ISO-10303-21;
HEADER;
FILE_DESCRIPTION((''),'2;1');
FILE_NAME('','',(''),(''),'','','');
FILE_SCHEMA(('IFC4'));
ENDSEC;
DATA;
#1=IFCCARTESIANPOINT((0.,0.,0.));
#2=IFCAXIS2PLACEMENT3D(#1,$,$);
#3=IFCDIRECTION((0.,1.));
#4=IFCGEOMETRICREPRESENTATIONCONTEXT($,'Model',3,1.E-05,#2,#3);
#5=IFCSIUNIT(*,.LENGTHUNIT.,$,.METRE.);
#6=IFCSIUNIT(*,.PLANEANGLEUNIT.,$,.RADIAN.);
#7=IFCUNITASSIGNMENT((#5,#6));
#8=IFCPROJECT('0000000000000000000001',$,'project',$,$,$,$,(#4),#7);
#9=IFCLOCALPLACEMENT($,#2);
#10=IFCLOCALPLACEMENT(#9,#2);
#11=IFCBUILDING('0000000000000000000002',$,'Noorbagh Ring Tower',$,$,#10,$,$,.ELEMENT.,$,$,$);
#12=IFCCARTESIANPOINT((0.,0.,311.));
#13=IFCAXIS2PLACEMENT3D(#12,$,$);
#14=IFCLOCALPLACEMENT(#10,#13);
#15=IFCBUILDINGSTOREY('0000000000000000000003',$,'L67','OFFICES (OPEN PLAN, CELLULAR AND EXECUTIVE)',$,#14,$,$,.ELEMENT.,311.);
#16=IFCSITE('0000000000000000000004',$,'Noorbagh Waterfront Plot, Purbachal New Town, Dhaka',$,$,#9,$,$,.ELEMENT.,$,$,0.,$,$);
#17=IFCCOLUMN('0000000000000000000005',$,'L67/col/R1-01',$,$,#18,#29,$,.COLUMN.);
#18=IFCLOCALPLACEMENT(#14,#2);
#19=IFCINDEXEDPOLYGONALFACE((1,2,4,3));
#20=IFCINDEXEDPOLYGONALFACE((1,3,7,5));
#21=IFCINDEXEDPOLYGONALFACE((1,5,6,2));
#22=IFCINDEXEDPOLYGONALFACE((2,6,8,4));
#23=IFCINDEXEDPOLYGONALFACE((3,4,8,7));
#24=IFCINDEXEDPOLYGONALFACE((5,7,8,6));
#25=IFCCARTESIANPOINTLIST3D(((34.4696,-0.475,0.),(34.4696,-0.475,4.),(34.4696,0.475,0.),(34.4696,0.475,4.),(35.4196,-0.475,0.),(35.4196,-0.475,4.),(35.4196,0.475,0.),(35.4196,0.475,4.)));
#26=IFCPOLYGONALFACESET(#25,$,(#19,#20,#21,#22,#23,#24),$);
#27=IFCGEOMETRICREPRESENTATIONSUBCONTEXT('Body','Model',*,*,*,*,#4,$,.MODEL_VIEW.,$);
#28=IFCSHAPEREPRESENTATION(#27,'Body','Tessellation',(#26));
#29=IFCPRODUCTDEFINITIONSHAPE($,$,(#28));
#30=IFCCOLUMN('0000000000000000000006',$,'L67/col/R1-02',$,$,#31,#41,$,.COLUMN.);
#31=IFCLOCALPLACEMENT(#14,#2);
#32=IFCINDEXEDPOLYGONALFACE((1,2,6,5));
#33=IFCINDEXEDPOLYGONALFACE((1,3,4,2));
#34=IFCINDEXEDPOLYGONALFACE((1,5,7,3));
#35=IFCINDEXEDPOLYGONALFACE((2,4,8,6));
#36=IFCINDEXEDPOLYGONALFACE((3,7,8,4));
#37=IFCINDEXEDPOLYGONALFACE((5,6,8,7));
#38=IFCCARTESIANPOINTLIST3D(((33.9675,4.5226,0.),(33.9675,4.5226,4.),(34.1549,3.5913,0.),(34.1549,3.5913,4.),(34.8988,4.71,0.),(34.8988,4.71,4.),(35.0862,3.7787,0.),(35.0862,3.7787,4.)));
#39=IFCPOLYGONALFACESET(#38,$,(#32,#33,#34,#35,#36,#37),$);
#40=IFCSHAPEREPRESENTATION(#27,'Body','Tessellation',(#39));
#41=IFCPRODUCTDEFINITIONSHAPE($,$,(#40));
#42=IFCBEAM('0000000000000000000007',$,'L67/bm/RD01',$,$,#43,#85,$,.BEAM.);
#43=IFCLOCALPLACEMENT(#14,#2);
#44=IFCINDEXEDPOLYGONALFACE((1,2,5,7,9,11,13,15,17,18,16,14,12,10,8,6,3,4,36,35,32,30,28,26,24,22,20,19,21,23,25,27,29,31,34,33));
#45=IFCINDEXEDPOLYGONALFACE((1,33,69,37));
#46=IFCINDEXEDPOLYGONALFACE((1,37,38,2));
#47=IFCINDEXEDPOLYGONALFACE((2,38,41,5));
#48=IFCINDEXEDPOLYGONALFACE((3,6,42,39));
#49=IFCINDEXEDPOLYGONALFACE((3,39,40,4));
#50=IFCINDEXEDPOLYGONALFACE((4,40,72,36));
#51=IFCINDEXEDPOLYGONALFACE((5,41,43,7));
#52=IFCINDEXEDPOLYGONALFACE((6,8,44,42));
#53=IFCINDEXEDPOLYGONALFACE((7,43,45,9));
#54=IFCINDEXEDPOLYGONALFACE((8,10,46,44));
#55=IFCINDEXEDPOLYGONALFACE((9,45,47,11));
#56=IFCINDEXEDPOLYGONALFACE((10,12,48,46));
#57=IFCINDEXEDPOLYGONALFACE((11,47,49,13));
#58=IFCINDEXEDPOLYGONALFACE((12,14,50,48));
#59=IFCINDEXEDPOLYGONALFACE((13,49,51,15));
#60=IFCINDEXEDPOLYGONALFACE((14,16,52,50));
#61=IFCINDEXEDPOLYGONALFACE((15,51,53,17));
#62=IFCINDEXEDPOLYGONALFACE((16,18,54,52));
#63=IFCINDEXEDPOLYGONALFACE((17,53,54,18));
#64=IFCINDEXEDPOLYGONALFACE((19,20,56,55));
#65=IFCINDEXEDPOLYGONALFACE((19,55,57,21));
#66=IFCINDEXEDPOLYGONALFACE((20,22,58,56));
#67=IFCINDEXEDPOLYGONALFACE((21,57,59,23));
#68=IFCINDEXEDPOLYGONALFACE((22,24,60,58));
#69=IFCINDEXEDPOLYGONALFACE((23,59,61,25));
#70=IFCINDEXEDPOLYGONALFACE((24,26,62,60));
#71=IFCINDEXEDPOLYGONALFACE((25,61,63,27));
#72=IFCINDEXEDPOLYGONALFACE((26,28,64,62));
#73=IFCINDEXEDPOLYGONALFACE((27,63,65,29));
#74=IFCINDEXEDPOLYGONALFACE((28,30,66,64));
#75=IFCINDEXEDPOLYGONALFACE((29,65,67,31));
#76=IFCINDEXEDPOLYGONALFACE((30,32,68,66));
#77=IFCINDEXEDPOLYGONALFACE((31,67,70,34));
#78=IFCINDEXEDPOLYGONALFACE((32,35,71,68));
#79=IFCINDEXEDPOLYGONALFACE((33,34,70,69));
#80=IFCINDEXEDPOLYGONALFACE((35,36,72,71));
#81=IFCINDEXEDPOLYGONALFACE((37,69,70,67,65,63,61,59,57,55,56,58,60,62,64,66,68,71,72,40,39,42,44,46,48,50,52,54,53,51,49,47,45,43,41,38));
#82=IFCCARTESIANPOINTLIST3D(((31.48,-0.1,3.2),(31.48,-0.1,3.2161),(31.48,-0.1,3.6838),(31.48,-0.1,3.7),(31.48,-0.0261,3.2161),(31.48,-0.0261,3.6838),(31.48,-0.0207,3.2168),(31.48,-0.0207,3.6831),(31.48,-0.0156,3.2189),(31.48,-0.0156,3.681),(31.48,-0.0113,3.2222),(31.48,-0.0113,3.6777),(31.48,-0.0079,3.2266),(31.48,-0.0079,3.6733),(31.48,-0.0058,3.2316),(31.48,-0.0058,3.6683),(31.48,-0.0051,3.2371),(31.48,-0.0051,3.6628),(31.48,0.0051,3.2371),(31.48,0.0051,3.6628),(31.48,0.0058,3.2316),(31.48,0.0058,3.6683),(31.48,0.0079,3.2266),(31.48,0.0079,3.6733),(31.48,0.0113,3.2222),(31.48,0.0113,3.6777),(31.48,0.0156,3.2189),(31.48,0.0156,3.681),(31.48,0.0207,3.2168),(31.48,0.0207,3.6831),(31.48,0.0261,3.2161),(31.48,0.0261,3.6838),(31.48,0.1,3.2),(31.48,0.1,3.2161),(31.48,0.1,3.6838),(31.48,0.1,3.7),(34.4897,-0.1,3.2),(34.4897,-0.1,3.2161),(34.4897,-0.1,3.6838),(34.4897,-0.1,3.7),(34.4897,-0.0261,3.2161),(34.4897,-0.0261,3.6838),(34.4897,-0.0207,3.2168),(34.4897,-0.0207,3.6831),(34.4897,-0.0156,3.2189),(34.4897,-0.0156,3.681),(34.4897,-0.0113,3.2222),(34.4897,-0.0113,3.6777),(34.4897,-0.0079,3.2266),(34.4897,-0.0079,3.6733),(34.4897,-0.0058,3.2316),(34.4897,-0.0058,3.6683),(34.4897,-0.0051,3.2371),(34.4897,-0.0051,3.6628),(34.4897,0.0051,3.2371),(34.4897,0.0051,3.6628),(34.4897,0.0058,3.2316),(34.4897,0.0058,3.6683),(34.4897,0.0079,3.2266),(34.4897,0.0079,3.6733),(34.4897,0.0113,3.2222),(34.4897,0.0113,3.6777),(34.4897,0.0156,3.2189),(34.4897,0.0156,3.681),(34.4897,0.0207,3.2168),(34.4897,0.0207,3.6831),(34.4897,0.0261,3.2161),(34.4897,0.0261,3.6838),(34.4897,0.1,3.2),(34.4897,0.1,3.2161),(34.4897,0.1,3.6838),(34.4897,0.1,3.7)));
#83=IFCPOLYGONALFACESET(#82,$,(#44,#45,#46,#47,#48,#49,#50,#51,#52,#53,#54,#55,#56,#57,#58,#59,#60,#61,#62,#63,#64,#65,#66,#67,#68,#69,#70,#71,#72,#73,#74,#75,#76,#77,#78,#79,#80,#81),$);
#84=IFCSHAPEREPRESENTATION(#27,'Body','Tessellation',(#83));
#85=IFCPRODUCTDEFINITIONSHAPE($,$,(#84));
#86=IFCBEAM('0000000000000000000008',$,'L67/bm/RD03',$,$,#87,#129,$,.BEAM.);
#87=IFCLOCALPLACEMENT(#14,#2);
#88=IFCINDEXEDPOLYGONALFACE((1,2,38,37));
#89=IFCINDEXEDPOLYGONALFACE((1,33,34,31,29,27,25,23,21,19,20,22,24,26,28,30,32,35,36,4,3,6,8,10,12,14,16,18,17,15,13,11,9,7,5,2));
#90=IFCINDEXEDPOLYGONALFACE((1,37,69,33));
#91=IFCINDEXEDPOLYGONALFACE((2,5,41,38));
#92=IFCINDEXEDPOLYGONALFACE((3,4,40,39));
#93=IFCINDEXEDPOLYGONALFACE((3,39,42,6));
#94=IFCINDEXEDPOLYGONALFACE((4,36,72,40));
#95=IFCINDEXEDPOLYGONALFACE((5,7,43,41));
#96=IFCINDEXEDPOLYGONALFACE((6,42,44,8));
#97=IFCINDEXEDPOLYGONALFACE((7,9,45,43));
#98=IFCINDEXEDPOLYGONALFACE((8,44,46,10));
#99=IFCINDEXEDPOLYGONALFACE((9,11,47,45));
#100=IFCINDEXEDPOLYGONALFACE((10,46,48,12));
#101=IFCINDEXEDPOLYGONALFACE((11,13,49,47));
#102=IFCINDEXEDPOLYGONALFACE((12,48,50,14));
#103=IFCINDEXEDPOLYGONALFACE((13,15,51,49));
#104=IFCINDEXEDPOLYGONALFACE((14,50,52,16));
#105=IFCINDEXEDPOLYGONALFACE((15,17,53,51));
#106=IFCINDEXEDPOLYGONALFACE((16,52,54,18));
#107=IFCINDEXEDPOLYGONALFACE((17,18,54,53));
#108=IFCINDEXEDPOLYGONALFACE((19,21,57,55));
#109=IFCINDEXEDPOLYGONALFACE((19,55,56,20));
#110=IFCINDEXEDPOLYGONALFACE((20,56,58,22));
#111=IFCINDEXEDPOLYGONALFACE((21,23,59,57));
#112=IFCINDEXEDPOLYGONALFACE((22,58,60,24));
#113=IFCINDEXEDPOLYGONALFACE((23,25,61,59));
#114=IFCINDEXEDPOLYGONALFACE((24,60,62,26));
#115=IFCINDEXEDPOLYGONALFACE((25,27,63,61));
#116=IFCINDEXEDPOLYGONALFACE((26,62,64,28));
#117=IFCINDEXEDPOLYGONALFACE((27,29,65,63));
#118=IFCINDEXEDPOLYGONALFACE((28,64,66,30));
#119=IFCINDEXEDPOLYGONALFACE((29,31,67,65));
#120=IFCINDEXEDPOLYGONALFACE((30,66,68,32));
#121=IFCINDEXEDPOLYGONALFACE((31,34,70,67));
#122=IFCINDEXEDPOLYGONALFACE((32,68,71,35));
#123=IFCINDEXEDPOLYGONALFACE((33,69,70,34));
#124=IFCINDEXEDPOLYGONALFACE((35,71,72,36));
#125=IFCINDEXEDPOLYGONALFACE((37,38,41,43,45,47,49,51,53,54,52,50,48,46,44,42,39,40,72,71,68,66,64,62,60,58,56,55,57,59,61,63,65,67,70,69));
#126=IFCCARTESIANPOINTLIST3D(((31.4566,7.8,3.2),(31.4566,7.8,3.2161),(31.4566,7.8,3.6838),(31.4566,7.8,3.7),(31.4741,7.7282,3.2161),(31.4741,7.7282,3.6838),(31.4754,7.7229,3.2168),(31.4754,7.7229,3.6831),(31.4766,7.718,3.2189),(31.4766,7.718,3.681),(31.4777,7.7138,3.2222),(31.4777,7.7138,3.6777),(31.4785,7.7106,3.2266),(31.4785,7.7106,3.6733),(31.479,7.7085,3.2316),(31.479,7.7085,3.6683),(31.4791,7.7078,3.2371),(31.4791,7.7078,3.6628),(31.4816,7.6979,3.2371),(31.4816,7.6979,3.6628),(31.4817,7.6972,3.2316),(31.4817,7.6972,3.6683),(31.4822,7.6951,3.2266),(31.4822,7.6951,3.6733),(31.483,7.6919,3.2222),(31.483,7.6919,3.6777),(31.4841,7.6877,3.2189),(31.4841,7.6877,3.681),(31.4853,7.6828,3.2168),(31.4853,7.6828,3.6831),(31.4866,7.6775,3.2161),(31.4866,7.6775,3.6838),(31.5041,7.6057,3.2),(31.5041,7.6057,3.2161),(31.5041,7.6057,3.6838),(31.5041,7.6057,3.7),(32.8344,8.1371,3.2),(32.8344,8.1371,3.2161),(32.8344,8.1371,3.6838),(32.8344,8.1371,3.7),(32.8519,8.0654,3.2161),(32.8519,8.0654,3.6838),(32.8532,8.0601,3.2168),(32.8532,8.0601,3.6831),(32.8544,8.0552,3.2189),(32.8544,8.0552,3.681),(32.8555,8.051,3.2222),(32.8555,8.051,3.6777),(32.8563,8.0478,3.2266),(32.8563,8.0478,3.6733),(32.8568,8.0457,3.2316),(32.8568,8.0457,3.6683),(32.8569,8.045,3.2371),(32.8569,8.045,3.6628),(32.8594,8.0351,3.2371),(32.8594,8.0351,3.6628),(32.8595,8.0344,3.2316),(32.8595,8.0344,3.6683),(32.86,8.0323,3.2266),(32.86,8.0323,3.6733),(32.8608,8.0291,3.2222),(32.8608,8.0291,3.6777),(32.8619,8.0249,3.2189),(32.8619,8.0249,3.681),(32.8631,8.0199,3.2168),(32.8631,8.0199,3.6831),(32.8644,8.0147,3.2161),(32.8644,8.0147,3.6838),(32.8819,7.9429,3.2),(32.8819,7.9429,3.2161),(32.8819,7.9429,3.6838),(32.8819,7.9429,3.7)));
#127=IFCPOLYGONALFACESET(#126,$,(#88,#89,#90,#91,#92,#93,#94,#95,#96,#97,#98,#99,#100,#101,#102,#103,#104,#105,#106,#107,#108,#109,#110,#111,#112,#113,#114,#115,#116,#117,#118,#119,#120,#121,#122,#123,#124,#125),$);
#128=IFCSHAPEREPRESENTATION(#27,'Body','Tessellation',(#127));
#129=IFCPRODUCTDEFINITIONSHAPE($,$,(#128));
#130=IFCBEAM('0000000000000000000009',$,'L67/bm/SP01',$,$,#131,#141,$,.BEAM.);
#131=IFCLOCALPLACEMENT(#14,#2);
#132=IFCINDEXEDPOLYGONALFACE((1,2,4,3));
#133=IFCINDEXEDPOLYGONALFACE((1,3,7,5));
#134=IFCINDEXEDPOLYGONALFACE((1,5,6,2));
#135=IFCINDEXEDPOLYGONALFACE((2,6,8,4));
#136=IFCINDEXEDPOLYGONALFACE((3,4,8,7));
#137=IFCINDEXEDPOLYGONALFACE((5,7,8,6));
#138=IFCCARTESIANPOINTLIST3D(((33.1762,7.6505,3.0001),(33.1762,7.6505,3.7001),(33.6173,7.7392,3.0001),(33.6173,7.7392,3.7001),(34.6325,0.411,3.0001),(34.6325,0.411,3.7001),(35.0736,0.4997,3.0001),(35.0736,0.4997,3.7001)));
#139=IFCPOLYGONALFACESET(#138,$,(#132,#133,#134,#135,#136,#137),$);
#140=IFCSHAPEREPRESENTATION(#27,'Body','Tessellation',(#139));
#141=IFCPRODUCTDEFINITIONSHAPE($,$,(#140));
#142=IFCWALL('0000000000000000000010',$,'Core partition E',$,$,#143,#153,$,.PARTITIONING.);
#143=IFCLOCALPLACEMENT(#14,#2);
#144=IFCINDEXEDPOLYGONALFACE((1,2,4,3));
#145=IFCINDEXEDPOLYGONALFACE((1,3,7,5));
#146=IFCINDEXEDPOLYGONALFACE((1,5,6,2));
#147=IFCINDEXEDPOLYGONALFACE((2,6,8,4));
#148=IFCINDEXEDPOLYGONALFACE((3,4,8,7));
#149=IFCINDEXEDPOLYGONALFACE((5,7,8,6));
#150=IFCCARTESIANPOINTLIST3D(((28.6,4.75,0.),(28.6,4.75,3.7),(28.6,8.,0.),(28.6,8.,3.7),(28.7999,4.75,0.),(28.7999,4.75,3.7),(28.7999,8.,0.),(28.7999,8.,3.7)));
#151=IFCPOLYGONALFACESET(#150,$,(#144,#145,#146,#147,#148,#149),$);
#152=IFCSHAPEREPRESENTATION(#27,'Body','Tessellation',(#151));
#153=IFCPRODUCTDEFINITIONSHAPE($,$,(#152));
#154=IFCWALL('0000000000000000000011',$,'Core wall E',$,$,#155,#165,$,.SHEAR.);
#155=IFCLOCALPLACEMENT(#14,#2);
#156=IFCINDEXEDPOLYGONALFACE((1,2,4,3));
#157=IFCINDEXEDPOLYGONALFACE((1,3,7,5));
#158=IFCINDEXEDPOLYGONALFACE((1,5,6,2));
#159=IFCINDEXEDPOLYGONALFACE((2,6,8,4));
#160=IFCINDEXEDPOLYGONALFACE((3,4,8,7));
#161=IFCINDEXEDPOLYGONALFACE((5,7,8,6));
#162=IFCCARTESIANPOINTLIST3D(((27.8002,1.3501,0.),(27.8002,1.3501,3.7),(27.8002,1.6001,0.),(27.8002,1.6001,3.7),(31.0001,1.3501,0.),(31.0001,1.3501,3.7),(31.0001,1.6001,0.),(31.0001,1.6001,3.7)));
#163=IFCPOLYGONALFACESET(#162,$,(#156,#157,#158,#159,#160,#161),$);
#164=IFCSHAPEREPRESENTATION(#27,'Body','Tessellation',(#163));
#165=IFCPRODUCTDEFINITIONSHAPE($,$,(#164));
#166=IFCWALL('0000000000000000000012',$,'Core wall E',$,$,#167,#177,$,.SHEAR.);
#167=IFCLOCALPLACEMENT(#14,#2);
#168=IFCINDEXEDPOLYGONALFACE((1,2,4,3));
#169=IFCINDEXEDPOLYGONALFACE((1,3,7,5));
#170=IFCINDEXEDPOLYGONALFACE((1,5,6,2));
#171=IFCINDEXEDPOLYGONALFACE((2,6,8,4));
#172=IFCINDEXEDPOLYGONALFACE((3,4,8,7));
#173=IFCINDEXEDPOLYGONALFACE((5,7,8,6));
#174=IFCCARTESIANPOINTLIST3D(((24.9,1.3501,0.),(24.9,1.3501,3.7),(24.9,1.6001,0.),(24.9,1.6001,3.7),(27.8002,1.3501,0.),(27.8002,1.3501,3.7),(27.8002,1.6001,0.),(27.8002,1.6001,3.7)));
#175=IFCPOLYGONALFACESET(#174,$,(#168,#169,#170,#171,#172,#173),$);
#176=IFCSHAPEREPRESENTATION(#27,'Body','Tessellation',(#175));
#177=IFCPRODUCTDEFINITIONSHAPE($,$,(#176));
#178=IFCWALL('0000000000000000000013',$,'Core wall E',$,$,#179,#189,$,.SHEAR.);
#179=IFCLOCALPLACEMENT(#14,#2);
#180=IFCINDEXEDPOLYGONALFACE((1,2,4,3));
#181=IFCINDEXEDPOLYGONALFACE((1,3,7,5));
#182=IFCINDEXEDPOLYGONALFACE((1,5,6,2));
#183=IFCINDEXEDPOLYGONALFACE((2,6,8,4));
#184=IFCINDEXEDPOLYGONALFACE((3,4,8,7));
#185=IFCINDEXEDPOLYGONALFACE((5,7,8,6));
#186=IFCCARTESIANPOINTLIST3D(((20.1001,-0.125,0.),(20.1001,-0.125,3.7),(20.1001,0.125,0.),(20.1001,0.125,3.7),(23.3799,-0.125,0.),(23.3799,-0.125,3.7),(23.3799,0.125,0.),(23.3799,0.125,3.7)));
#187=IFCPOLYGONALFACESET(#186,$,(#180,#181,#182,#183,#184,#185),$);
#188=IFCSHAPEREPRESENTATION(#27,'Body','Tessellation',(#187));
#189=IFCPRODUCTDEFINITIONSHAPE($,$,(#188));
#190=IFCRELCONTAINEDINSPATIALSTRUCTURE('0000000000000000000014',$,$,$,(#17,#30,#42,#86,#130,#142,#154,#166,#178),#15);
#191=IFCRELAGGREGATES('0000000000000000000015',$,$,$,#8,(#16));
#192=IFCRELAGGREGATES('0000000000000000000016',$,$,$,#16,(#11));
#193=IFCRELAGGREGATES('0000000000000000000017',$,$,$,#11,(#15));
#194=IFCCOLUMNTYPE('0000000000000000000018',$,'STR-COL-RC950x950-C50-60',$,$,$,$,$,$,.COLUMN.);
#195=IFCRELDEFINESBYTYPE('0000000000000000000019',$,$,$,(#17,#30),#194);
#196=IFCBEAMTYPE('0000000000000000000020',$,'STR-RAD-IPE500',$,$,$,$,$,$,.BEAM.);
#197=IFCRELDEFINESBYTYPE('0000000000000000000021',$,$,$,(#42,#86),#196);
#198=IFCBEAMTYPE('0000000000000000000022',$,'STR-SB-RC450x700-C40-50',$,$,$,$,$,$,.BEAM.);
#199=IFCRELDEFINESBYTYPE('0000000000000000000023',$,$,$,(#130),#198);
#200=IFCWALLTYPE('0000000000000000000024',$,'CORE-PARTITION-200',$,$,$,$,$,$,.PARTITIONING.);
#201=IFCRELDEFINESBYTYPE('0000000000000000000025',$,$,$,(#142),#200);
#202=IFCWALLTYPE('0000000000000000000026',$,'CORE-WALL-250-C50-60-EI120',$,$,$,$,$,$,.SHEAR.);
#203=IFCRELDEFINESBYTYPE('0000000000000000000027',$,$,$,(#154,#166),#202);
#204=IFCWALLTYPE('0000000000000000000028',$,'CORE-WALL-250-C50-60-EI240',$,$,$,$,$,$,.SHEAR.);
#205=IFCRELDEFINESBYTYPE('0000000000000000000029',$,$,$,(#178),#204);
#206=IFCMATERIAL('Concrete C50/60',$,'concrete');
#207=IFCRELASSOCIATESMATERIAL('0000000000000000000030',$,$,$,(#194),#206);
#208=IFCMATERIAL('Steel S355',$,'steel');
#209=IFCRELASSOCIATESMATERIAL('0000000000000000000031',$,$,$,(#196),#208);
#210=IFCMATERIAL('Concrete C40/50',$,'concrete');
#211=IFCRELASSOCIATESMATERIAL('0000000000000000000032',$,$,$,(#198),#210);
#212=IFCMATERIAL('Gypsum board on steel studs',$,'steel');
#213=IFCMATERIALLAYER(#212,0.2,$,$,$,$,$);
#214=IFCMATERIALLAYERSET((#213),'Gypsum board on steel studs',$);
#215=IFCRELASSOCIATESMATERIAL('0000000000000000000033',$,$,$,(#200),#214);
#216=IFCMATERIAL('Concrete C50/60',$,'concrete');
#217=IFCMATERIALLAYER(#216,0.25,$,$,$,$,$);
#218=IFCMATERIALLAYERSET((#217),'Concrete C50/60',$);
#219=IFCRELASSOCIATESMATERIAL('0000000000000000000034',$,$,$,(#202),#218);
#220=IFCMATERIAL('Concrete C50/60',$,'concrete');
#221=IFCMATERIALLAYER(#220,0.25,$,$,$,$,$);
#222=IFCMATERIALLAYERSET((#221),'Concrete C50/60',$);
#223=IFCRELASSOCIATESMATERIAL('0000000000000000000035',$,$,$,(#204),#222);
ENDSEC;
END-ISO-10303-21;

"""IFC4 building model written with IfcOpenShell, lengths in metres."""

from ifc_helpers import new_model, si_unit, direction, frame, frame_2d, origin, origin_2d, place, context, subcontext, project, spatial, rectangle, i_section, extrude, material, layer, layer_set, material_profile, profile_set, type_object, element, save


model = new_model("IFC4")

# Units and contexts
model_context = context("Model", 3, precision=1e-05, world=origin(), true_north=direction((0.0, 1.0)))
body_context = subcontext(model_context, "Body", "Model", "MODEL_VIEW")
ifc_project = project(units=[si_unit("LENGTHUNIT", "METRE"), si_unit("PLANEANGLEUNIT", "RADIAN")], contexts=[model_context])

# Site, building, storey
site_placement = place(None, origin())
site = spatial("IfcSite", under=ifc_project, at=site_placement, Name="Noorbagh Waterfront Plot, Purbachal New Town, Dhaka", CompositionType="ELEMENT", RefElevation=0.0)
building_placement = place(site_placement, origin())
building = spatial("IfcBuilding", under=site, at=building_placement, Name="Noorbagh Ring Tower", CompositionType="ELEMENT")
storey_placement = place(building_placement, frame((0.0, 0.0, 311.0)))
storey = spatial("IfcBuildingStorey", under=building, at=storey_placement, Name="L67", Description="OFFICES (OPEN PLAN, CELLULAR AND EXECUTIVE)", CompositionType="ELEMENT", Elevation=311.0)

# Columns
ifc_material_1 = material(Name="Concrete C50/60", Category="concrete")
ifc_material_profile_1 = material_profile(ifc_material_1, rectangle(XDim=0.95, YDim=0.95, at=origin_2d()), Name="RC950x950")
ifc_profile_set_1 = profile_set([ifc_material_profile_1], Name="Concrete C50/60")
column_type = type_object("IfcColumnType", Name="STR-COL-RC950x950-C50-60", PredefinedType="COLUMN", material=ifc_profile_set_1)
for number, where, z_axis, x_axis, name in (
    (1, (34.9446, 0.0, 0.0), (0.0, 0.0, 1.0), (0.0, 1.0, 0.0), "L67/col/R1-01"),
    (2, (34.5269, 4.1506, 0.0), (0.0, 0.0, 1.0), (-0.19723, 0.980357, 0.0), "L67/col/R1-02"),
):
    element("IfcColumn", number, at=place(storey_placement, frame(where, z_axis=z_axis, x_axis=x_axis)), inside=storey, type_object=column_type, Name=name, PredefinedType="COLUMN", context=body_context, shape_type="SweptSolid", body=[
        extrude(rectangle(XDim=0.95, YDim=0.95, at=origin_2d()), origin(), (0.0, 0.0, 1.0), 4.0),
    ])

# Beams
ifc_material_2 = material(Name="Steel S355", Category="steel")
ifc_material_profile_2 = material_profile(ifc_material_2, i_section(OverallWidth=0.2, OverallDepth=0.5, WebThickness=0.0103, FlangeThickness=0.0161, FilletRadius=0.021, at=origin_2d()), Name="IPE500")
ifc_profile_set_2 = profile_set([ifc_material_profile_2], Name="Steel S355")
beam_type_1 = type_object("IfcBeamType", Name="STR-RAD-IPE500", PredefinedType="BEAM", material=ifc_profile_set_2)
beam_1_placement = place(storey_placement, frame((34.4897, 0.0, 3.45), z_axis=(-1.0, 0.0, 0.0), x_axis=(0.0, -1.0, 0.0)))
element("IfcBeam", 3, at=beam_1_placement, inside=storey, type_object=beam_type_1, Name="L67/bm/RD01", PredefinedType="BEAM", context=body_context, shape_type="SweptSolid", body=[
    extrude(i_section(OverallWidth=0.2, OverallDepth=0.5, WebThickness=0.0103, FlangeThickness=0.0161, FilletRadius=0.021, at=origin_2d()), origin(), (0.0, 0.0, 1.0), 3.0098),
])
beam_2_placement = place(storey_placement, frame((32.8582, 8.04, 3.45), z_axis=(-0.971335, -0.237713, 0.0), x_axis=(0.237713, -0.971335, 0.0)))
element("IfcBeam", 4, at=beam_2_placement, inside=storey, type_object=beam_type_1, Name="L67/bm/RD03", PredefinedType="BEAM", context=body_context, shape_type="SweptSolid", body=[
    extrude(i_section(OverallWidth=0.2, OverallDepth=0.5, WebThickness=0.0103, FlangeThickness=0.0161, FilletRadius=0.021, at=origin_2d()), origin(), (0.0, 0.0, 1.0), 1.4185),
])
ifc_material_3 = material(Name="Concrete C40/50", Category="concrete")
ifc_material_profile_3 = material_profile(ifc_material_3, rectangle(XDim=0.45, YDim=0.7, at=origin_2d()), Name="RC450x700")
ifc_profile_set_3 = profile_set([ifc_material_profile_3], Name="Concrete C40/50")
beam_type_2 = type_object("IfcBeamType", Name="STR-SB-RC450x700-C40-50", PredefinedType="BEAM", material=ifc_profile_set_3)
beam_3_placement = place(storey_placement, frame((34.853, 0.4553, 3.3501), z_axis=(-0.19721, 0.980361, 0.0), x_axis=(-0.980361, -0.19721, 0.0)))
element("IfcBeam", 5, at=beam_3_placement, inside=storey, type_object=beam_type_2, Name="L67/bm/SP01", PredefinedType="BEAM", context=body_context, shape_type="SweptSolid", body=[
    extrude(rectangle(XDim=0.45, YDim=0.7, at=origin_2d()), origin(), (0.0, 0.0, 1.0), 7.3845),
])

# Walls
ifc_material_4 = material(Name="Gypsum board on steel studs", Category="steel")
ifc_layer_1 = layer(ifc_material_4, 0.2)
ifc_layer_set_1 = layer_set([ifc_layer_1], Name="Gypsum board on steel studs")
wall_type_1 = type_object("IfcWallType", Name="CORE-PARTITION-200", PredefinedType="PARTITIONING", material=ifc_layer_set_1)
wall_1_placement = place(storey_placement, frame((28.7, 4.75, 0.0), z_axis=(0.0, 0.0, 1.0), x_axis=(0.0, 1.0, 0.0)))
element("IfcWall", 6, at=wall_1_placement, inside=storey, type_object=wall_type_1, Name="Core partition E", PredefinedType="PARTITIONING", context=body_context, shape_type="SweptSolid", body=[
    extrude(rectangle(XDim=3.25, YDim=0.2, at=frame_2d((1.625, 0.0))), origin(), (0.0, 0.0, 1.0), 3.7),
])
ifc_material_5 = material(Name="Concrete C50/60", Category="concrete")
ifc_layer_2 = layer(ifc_material_5, 0.25)
ifc_layer_set_2 = layer_set([ifc_layer_2], Name="Concrete C50/60")
wall_type_2 = type_object("IfcWallType", Name="CORE-WALL-250-C50-60-EI120", PredefinedType="SHEAR", material=ifc_layer_set_2)
wall_2_placement = place(storey_placement, frame((27.8, 1.4751, 0.0), z_axis=(0.0, 0.0, 1.0), x_axis=(1.0, 0.0, 0.0)))
element("IfcWall", 7, at=wall_2_placement, inside=storey, type_object=wall_type_2, Name="Core wall E", PredefinedType="SHEAR", context=body_context, shape_type="SweptSolid", body=[
    extrude(rectangle(XDim=3.2, YDim=0.25, at=frame_2d((1.6001, 0.0))), origin(), (0.0, 0.0, 1.0), 3.7),
])
wall_3_placement = place(storey_placement, frame((24.8999, 1.4751, 0.0), z_axis=(0.0, 0.0, 1.0), x_axis=(1.0, 0.0, 0.0)))
element("IfcWall", 8, at=wall_3_placement, inside=storey, type_object=wall_type_2, Name="Core wall E", PredefinedType="SHEAR", context=body_context, shape_type="SweptSolid", body=[
    extrude(rectangle(XDim=2.9001, YDim=0.25, at=frame_2d((1.4502, 0.0))), origin(), (0.0, 0.0, 1.0), 3.7),
])
ifc_material_6 = material(Name="Concrete C50/60", Category="concrete")
ifc_layer_3 = layer(ifc_material_6, 0.25)
ifc_layer_set_3 = layer_set([ifc_layer_3], Name="Concrete C50/60")
wall_type_3 = type_object("IfcWallType", Name="CORE-WALL-250-C50-60-EI240", PredefinedType="SHEAR", material=ifc_layer_set_3)
wall_4_placement = place(storey_placement, frame((20.1001, 0.0, 0.0), z_axis=(0.0, 0.0, 1.0), x_axis=(1.0, 0.0, 0.0)))
element("IfcWall", 9, at=wall_4_placement, inside=storey, type_object=wall_type_3, Name="Core wall E", PredefinedType="SHEAR", context=body_context, shape_type="SweptSolid", body=[
    extrude(rectangle(XDim=3.2798, YDim=0.25, at=frame_2d((1.6399, 0.0))), origin(), (0.0, 0.0, 1.0), 3.7),
])

save(model, "model.ifc")
